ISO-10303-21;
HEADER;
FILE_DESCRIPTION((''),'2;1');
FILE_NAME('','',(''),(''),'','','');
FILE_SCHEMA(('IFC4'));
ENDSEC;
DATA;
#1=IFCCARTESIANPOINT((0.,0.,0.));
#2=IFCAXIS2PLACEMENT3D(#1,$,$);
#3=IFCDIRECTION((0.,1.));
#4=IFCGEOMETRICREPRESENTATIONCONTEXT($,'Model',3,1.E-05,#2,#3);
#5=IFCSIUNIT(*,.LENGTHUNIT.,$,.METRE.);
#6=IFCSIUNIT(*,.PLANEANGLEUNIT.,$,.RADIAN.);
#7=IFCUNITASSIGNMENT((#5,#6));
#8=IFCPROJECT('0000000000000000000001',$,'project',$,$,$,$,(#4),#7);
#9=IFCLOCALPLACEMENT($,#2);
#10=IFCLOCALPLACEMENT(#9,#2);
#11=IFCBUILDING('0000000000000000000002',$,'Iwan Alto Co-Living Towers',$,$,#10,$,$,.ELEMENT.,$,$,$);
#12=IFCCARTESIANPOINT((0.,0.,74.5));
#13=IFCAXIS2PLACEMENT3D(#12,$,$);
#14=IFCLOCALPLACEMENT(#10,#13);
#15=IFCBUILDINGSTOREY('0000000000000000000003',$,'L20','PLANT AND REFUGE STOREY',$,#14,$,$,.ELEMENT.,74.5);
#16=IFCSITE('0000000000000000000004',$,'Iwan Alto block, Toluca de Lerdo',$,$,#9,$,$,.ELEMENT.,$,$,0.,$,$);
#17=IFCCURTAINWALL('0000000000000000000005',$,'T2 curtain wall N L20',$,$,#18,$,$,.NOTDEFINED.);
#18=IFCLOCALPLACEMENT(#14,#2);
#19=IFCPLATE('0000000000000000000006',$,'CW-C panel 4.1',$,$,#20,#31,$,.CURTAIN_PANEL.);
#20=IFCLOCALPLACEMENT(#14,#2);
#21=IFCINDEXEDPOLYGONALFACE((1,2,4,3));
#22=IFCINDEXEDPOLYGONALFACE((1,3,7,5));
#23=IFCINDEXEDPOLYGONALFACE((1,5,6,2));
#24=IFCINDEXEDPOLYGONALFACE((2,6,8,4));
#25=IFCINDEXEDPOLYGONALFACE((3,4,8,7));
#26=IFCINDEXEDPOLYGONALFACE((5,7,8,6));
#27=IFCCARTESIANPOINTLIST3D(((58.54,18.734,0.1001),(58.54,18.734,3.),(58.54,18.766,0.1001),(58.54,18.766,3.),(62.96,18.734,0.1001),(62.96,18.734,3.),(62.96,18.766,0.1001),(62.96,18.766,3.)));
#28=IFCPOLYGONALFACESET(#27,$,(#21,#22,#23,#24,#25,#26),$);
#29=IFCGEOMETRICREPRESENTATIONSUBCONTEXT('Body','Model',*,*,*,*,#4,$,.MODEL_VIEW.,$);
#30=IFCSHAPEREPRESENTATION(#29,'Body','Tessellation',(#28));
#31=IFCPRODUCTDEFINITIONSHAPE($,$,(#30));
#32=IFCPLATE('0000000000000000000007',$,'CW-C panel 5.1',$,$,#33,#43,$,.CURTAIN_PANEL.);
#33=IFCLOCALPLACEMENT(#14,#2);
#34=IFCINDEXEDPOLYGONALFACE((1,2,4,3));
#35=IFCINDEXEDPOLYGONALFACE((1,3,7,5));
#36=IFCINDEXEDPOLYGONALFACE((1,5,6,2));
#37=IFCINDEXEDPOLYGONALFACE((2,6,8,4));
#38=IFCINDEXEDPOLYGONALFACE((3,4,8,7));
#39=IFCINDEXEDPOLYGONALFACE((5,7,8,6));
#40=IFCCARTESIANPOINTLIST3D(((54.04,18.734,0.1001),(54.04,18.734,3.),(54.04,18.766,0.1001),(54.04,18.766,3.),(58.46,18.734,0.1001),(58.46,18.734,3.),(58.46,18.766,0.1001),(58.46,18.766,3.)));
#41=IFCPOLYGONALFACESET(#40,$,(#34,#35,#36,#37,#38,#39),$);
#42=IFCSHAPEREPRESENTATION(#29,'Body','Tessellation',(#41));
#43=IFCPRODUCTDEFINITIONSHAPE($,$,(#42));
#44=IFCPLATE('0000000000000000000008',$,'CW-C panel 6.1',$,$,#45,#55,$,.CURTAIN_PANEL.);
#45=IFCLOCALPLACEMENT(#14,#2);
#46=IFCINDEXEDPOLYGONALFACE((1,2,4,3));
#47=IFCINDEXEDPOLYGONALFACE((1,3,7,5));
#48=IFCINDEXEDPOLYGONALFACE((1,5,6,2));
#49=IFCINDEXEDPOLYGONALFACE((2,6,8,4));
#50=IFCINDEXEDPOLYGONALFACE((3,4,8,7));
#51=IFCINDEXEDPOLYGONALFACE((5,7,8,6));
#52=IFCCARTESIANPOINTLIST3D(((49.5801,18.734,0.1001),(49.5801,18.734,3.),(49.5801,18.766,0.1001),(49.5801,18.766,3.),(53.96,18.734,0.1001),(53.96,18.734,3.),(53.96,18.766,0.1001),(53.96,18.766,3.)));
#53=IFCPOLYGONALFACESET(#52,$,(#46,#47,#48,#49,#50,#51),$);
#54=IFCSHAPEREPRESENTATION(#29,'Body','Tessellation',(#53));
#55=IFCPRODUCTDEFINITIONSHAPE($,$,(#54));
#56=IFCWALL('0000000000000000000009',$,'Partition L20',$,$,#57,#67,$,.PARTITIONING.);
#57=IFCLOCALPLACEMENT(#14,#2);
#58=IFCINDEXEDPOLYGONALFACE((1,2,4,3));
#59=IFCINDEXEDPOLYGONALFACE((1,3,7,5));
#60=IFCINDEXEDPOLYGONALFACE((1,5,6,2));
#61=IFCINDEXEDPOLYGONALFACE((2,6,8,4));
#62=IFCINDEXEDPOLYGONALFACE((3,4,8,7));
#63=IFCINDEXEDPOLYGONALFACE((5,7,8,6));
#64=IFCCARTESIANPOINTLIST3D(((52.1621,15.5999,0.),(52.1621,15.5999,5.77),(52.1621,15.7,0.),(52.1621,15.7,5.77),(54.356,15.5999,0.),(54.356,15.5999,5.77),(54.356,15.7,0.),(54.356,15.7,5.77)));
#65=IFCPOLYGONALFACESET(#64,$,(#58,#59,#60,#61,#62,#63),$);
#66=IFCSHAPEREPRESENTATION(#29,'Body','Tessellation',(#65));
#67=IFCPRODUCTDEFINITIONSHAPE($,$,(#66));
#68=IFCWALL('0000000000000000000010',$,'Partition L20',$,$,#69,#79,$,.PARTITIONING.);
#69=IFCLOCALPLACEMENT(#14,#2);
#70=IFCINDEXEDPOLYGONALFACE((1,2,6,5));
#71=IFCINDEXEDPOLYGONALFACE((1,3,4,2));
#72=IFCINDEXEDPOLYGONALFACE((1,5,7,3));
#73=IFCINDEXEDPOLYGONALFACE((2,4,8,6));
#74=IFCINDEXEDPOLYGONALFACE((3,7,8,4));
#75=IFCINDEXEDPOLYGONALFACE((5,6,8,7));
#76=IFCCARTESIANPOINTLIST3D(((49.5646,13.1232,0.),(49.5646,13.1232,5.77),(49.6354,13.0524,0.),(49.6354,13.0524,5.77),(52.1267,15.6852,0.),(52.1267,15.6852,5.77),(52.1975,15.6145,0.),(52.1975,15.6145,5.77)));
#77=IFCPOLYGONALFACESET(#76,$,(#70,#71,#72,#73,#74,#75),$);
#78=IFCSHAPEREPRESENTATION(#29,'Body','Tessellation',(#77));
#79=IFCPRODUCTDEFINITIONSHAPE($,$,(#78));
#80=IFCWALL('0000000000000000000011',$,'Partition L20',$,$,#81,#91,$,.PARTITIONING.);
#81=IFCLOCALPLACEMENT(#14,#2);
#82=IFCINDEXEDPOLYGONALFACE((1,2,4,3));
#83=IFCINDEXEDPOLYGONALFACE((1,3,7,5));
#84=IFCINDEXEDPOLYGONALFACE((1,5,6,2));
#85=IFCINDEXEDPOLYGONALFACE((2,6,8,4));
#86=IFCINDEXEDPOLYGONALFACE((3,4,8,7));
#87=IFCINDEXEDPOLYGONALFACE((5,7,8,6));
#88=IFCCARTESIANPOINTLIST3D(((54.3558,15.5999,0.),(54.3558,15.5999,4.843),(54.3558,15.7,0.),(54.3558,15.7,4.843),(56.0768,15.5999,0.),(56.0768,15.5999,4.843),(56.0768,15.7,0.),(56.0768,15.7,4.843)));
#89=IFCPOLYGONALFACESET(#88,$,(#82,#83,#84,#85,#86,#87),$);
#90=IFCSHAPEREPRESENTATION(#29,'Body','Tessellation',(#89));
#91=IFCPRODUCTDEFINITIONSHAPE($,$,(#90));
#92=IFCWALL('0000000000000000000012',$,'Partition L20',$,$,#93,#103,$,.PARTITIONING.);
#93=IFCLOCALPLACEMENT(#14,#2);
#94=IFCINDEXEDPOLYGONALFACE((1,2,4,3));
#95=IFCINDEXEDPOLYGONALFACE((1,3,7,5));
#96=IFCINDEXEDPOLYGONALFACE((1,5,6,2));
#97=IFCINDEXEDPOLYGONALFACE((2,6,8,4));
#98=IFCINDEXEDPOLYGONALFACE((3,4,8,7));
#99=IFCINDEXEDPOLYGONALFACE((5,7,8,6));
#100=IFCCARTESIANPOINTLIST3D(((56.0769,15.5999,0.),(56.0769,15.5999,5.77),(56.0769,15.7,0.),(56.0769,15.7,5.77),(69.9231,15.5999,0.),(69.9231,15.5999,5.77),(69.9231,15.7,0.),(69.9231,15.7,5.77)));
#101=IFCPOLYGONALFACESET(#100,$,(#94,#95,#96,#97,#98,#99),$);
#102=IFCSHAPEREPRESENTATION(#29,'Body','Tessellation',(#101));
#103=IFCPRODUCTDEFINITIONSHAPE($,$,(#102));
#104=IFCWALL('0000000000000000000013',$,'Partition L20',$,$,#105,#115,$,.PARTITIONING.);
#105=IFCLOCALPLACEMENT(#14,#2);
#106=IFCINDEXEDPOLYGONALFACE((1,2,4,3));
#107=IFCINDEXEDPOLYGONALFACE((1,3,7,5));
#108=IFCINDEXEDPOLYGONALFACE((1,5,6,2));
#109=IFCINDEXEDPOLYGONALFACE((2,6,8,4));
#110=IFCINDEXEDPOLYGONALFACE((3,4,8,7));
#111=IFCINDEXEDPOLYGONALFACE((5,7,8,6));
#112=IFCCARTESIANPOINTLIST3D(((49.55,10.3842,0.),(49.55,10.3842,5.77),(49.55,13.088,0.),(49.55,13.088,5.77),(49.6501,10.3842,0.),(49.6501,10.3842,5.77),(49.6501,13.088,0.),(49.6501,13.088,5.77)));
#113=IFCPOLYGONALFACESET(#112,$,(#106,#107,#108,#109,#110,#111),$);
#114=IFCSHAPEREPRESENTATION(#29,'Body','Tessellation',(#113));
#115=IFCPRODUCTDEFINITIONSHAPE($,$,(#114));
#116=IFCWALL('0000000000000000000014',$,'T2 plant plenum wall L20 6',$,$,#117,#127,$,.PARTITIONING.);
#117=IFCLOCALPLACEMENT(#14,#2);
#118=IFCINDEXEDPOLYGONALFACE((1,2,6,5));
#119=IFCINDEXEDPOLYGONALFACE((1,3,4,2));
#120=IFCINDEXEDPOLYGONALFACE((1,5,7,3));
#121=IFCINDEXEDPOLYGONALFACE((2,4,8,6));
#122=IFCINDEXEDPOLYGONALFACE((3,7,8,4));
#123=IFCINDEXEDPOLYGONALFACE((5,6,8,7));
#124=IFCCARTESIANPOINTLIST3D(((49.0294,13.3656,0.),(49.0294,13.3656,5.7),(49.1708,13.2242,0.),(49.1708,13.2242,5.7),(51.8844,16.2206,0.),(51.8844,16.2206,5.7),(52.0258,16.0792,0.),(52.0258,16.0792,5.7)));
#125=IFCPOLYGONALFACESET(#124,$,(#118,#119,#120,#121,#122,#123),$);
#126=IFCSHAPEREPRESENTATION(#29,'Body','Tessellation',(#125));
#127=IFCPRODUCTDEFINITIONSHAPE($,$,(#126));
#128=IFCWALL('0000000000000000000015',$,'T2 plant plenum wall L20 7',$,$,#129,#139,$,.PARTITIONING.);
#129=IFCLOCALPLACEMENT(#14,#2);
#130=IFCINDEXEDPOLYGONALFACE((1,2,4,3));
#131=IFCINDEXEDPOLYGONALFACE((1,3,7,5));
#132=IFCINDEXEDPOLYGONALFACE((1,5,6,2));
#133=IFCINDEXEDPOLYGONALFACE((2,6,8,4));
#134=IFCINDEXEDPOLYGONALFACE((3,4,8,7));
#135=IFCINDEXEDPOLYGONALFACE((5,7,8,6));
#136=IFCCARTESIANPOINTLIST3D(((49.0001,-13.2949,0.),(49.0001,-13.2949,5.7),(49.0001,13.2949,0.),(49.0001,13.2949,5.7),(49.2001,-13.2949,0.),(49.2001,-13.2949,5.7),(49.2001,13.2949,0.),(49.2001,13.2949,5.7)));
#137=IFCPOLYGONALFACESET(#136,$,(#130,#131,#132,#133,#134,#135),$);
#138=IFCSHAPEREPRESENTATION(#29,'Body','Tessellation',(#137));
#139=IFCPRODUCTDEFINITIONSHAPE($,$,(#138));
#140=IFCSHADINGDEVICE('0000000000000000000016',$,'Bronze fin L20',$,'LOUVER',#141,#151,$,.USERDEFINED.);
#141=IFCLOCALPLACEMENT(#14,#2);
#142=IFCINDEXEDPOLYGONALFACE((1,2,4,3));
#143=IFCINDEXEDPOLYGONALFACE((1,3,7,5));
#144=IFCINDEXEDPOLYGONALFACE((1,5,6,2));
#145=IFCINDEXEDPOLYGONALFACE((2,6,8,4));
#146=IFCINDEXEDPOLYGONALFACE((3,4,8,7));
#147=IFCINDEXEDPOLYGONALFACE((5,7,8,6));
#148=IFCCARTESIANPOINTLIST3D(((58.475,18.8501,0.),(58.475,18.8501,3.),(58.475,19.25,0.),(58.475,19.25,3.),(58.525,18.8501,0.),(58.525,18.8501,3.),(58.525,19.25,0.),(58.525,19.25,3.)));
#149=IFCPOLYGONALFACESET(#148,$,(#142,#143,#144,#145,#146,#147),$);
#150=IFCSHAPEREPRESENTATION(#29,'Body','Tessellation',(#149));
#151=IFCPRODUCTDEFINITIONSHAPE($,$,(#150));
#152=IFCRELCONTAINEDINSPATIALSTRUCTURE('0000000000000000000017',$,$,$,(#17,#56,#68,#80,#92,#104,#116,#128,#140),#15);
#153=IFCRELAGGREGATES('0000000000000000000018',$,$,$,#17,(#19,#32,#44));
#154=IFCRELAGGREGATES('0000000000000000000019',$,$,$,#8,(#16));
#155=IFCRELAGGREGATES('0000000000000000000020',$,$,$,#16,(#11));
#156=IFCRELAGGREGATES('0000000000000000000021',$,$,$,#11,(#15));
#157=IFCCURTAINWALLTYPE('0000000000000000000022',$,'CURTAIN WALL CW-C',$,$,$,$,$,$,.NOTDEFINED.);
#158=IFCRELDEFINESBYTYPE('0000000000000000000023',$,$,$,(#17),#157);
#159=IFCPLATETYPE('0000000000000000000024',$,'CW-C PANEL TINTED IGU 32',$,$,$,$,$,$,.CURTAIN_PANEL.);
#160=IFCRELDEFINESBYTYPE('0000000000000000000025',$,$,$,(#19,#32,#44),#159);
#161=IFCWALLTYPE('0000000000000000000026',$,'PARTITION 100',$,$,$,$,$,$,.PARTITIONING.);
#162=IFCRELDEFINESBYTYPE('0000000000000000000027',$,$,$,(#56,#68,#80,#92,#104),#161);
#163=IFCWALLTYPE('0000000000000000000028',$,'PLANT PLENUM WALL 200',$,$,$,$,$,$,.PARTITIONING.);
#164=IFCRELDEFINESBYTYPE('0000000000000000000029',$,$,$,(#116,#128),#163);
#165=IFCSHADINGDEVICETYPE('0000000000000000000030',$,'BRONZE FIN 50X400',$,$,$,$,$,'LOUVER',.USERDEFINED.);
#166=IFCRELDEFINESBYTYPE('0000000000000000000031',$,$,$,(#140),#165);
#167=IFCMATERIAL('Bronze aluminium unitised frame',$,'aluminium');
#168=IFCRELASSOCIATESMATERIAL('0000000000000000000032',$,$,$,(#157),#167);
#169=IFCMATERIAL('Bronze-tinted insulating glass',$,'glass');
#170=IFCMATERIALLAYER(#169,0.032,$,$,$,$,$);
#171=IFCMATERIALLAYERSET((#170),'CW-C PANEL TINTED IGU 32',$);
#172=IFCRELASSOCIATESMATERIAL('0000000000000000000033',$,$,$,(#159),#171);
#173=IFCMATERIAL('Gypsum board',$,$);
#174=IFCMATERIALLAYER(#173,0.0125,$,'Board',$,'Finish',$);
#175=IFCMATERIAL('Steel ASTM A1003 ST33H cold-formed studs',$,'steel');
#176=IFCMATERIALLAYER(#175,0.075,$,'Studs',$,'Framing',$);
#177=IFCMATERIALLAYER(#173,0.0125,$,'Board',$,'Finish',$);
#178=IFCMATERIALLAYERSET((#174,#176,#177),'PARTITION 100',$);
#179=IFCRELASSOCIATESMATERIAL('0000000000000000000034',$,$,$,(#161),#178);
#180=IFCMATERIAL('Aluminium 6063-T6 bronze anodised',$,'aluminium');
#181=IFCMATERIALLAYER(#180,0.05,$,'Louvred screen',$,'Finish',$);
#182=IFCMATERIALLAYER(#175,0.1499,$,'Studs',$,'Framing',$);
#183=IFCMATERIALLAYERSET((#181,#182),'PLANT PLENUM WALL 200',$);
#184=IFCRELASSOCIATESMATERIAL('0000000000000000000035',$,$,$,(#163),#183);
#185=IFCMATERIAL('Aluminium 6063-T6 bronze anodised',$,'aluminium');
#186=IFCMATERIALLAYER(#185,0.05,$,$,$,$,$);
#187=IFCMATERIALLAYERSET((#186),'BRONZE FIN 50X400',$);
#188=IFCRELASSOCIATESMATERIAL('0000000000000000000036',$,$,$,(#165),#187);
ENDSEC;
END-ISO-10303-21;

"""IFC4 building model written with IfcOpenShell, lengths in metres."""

from ifc_helpers import new_model, si_unit, direction, frame, frame_2d, origin, origin_2d, place, context, subcontext, project, spatial, rectangle, extrude, material, layer, layer_set, type_object, element, aggregate, save


model = new_model("IFC4")

# Units and contexts
model_context = context("Model", 3, precision=1e-05, world=origin(), true_north=direction((0.0, 1.0)))
body_context = subcontext(model_context, "Body", "Model", "MODEL_VIEW")
ifc_project = project(units=[si_unit("LENGTHUNIT", "METRE"), si_unit("PLANEANGLEUNIT", "RADIAN")], contexts=[model_context])

# Site, building, storey
site_placement = place(None, origin())
site = spatial("IfcSite", under=ifc_project, at=site_placement, Name="Iwan Alto block, Toluca de Lerdo", CompositionType="ELEMENT", RefElevation=0.0)
building_placement = place(site_placement, origin())
building = spatial("IfcBuilding", under=site, at=building_placement, Name="Iwan Alto Co-Living Towers", CompositionType="ELEMENT")
storey_placement = place(building_placement, frame((0.0, 0.0, 74.5)))
storey = spatial("IfcBuildingStorey", under=building, at=storey_placement, Name="L20", Description="PLANT AND REFUGE STOREY", CompositionType="ELEMENT", Elevation=74.5)

# Curtain wall
ifc_material_1 = material(Name="Bronze aluminium unitised frame", Category="aluminium")
curtain_wall_type = type_object("IfcCurtainWallType", Name="CURTAIN WALL CW-C", PredefinedType="NOTDEFINED", material=ifc_material_1)
curtain_wall_placement = place(storey_placement, origin())
curtain_wall = element("IfcCurtainWall", 1, at=curtain_wall_placement, inside=storey, type_object=curtain_wall_type, Name="T2 curtain wall N L20", PredefinedType="NOTDEFINED")

# Plates
ifc_material_2 = material(Name="Bronze-tinted insulating glass", Category="glass")
ifc_layer_1 = layer(ifc_material_2, 0.032)
ifc_layer_set_1 = layer_set([ifc_layer_1], Name="CW-C PANEL TINTED IGU 32")
plate_type = type_object("IfcPlateType", Name="CW-C PANEL TINTED IGU 32", PredefinedType="CURTAIN_PANEL", material=ifc_layer_set_1)
plate_1_placement = place(storey_placement, frame((60.75, 18.75, 0.1001), z_axis=(0.0, 0.0, 1.0), x_axis=(-1.0, 0.0, 0.0)))
plate_1 = element("IfcPlate", 2, at=plate_1_placement, type_object=plate_type, Name="CW-C panel 4.1", PredefinedType="CURTAIN_PANEL", context=body_context, shape_type="SweptSolid", body=[
    extrude(rectangle(XDim=4.4199, YDim=0.032, at=origin_2d()), origin(), (0.0, 0.0, 1.0), 2.8999),
])
plate_2_placement = place(storey_placement, frame((56.25, 18.75, 0.1001), z_axis=(0.0, 0.0, 1.0), x_axis=(-1.0, 0.0, 0.0)))
plate_2 = element("IfcPlate", 3, at=plate_2_placement, type_object=plate_type, Name="CW-C panel 5.1", PredefinedType="CURTAIN_PANEL", context=body_context, shape_type="SweptSolid", body=[
    extrude(rectangle(XDim=4.4199, YDim=0.032, at=origin_2d()), origin(), (0.0, 0.0, 1.0), 2.8999),
])
plate_3_placement = place(storey_placement, frame((51.77, 18.75, 0.1001), z_axis=(0.0, 0.0, 1.0), x_axis=(-1.0, 0.0, 0.0)))
plate_3 = element("IfcPlate", 4, at=plate_3_placement, type_object=plate_type, Name="CW-C panel 6.1", PredefinedType="CURTAIN_PANEL", context=body_context, shape_type="SweptSolid", body=[
    extrude(rectangle(XDim=4.3799, YDim=0.032, at=origin_2d()), origin(), (0.0, 0.0, 1.0), 2.8999),
])
aggregate(curtain_wall, [plate_1, plate_2, plate_3])

# Walls
ifc_material_3 = material(Name="Gypsum board")
ifc_layer_2 = layer(ifc_material_3, 0.0125, Name="Board", Category="Finish")
ifc_material_4 = material(Name="Steel ASTM A1003 ST33H cold-formed studs", Category="steel")
ifc_layer_3 = layer(ifc_material_4, 0.075, Name="Studs", Category="Framing")
ifc_layer_4 = layer(ifc_material_3, 0.0125, Name="Board", Category="Finish")
ifc_layer_set_2 = layer_set([ifc_layer_2, ifc_layer_3, ifc_layer_4], Name="PARTITION 100")
wall_type_1 = type_object("IfcWallType", Name="PARTITION 100", PredefinedType="PARTITIONING", material=ifc_layer_set_2)
wall_1_placement = place(storey_placement, frame((52.1621, 15.6499, 0.0), z_axis=(0.0, 0.0, 1.0), x_axis=(1.0, 0.0, 0.0)))
element("IfcWall", 5, at=wall_1_placement, inside=storey, type_object=wall_type_1, Name="Partition L20", PredefinedType="PARTITIONING", context=body_context, shape_type="SweptSolid", body=[
    extrude(rectangle(XDim=2.1938, YDim=0.1001, at=frame_2d((1.0969, 0.0))), origin(), (0.0, 0.0, 1.0), 5.77),
])
wall_2_placement = place(storey_placement, frame((49.6001, 13.0879, 0.0), z_axis=(0.0, 0.0, 1.0), x_axis=(0.707107, 0.707107, 0.0)))
element("IfcWall", 6, at=wall_2_placement, inside=storey, type_object=wall_type_1, Name="Partition L20", PredefinedType="PARTITIONING", context=body_context, shape_type="SweptSolid", body=[
    extrude(rectangle(XDim=3.6233, YDim=0.1001, at=frame_2d((1.8115, 0.0))), origin(), (0.0, 0.0, 1.0), 5.77),
])
wall_3_placement = place(storey_placement, frame((54.356, 15.6499, 0.0), z_axis=(0.0, 0.0, 1.0), x_axis=(1.0, 0.0, 0.0)))
element("IfcWall", 7, at=wall_3_placement, inside=storey, type_object=wall_type_1, Name="Partition L20", PredefinedType="PARTITIONING", context=body_context, shape_type="SweptSolid", body=[
    extrude(rectangle(XDim=1.7209, YDim=0.1001, at=frame_2d((0.8604, 0.0))), origin(), (0.0, 0.0, 1.0), 4.843),
])
wall_4_placement = place(storey_placement, frame((56.0769, 15.6499, 0.0), z_axis=(0.0, 0.0, 1.0), x_axis=(1.0, 0.0, 0.0)))
element("IfcWall", 8, at=wall_4_placement, inside=storey, type_object=wall_type_1, Name="Partition L20", PredefinedType="PARTITIONING", context=body_context, shape_type="SweptSolid", body=[
    extrude(rectangle(XDim=13.8462, YDim=0.1001, at=frame_2d((6.9231, 0.0))), origin(), (0.0, 0.0, 1.0), 5.77),
])
wall_5_placement = place(storey_placement, frame((49.6001, 10.384, 0.0), z_axis=(0.0, 0.0, 1.0), x_axis=(0.0, 1.0, 0.0)))
element("IfcWall", 9, at=wall_5_placement, inside=storey, type_object=wall_type_1, Name="Partition L20", PredefinedType="PARTITIONING", context=body_context, shape_type="SweptSolid", body=[
    extrude(rectangle(XDim=2.7039, YDim=0.1001, at=frame_2d((1.3521, 0.0))), origin(), (0.0, 0.0, 1.0), 5.77),
])
ifc_material_5 = material(Name="Aluminium 6063-T6 bronze anodised", Category="aluminium")
ifc_layer_5 = layer(ifc_material_5, 0.05, Name="Louvred screen", Category="Finish")
ifc_layer_6 = layer(ifc_material_4, 0.1499, Name="Studs", Category="Framing")
ifc_layer_set_3 = layer_set([ifc_layer_5, ifc_layer_6], Name="PLANT PLENUM WALL 200")
wall_type_2 = type_object("IfcWallType", Name="PLANT PLENUM WALL 200", PredefinedType="PARTITIONING", material=ifc_layer_set_3)
wall_6_placement = place(storey_placement, frame((51.9551, 16.1499, 0.0), z_axis=(0.0, 0.0, 1.0), x_axis=(-0.707107, -0.707107, 0.0)))
element("IfcWall", 10, at=wall_6_placement, inside=storey, type_object=wall_type_2, Name="T2 plant plenum wall L20 6", PredefinedType="PARTITIONING", context=body_context, shape_type="SweptSolid", body=[
    extrude(rectangle(XDim=4.0376, YDim=0.2, at=frame_2d((2.0188, 0.0))), origin(), (0.0, 0.0, 1.0), 5.7),
])
wall_7_placement = place(storey_placement, frame((49.1001, 13.2949, 0.0), z_axis=(0.0, 0.0, 1.0), x_axis=(0.0, -1.0, 0.0)))
element("IfcWall", 11, at=wall_7_placement, inside=storey, type_object=wall_type_2, Name="T2 plant plenum wall L20 7", PredefinedType="PARTITIONING", context=body_context, shape_type="SweptSolid", body=[
    extrude(rectangle(XDim=26.5898, YDim=0.2, at=frame_2d((13.2949, 0.0))), origin(), (0.0, 0.0, 1.0), 5.7),
])

# Shading device
ifc_material_6 = material(Name="Aluminium 6063-T6 bronze anodised", Category="aluminium")
ifc_layer_7 = layer(ifc_material_6, 0.05)
ifc_layer_set_4 = layer_set([ifc_layer_7], Name="BRONZE FIN 50X400")
shading_device_type_1 = type_object("IfcShadingDeviceType", Name="BRONZE FIN 50X400", ElementType="LOUVER", PredefinedType="USERDEFINED", material=ifc_layer_set_4)
shading_device_1_placement = place(storey_placement, frame((58.5, 19.05, 0.0), z_axis=(0.0, 0.0, 1.0), x_axis=(-1.0, 0.0, 0.0)))
element("IfcShadingDevice", 12, at=shading_device_1_placement, inside=storey, type_object=shading_device_type_1, Name="Bronze fin L20", ObjectType="LOUVER", PredefinedType="USERDEFINED", context=body_context, shape_type="SweptSolid", body=[
    extrude(rectangle(XDim=0.05, YDim=0.3999, at=origin_2d()), origin(), (0.0, 0.0, 1.0), 3.0),
])

save(model, "model.ifc")
